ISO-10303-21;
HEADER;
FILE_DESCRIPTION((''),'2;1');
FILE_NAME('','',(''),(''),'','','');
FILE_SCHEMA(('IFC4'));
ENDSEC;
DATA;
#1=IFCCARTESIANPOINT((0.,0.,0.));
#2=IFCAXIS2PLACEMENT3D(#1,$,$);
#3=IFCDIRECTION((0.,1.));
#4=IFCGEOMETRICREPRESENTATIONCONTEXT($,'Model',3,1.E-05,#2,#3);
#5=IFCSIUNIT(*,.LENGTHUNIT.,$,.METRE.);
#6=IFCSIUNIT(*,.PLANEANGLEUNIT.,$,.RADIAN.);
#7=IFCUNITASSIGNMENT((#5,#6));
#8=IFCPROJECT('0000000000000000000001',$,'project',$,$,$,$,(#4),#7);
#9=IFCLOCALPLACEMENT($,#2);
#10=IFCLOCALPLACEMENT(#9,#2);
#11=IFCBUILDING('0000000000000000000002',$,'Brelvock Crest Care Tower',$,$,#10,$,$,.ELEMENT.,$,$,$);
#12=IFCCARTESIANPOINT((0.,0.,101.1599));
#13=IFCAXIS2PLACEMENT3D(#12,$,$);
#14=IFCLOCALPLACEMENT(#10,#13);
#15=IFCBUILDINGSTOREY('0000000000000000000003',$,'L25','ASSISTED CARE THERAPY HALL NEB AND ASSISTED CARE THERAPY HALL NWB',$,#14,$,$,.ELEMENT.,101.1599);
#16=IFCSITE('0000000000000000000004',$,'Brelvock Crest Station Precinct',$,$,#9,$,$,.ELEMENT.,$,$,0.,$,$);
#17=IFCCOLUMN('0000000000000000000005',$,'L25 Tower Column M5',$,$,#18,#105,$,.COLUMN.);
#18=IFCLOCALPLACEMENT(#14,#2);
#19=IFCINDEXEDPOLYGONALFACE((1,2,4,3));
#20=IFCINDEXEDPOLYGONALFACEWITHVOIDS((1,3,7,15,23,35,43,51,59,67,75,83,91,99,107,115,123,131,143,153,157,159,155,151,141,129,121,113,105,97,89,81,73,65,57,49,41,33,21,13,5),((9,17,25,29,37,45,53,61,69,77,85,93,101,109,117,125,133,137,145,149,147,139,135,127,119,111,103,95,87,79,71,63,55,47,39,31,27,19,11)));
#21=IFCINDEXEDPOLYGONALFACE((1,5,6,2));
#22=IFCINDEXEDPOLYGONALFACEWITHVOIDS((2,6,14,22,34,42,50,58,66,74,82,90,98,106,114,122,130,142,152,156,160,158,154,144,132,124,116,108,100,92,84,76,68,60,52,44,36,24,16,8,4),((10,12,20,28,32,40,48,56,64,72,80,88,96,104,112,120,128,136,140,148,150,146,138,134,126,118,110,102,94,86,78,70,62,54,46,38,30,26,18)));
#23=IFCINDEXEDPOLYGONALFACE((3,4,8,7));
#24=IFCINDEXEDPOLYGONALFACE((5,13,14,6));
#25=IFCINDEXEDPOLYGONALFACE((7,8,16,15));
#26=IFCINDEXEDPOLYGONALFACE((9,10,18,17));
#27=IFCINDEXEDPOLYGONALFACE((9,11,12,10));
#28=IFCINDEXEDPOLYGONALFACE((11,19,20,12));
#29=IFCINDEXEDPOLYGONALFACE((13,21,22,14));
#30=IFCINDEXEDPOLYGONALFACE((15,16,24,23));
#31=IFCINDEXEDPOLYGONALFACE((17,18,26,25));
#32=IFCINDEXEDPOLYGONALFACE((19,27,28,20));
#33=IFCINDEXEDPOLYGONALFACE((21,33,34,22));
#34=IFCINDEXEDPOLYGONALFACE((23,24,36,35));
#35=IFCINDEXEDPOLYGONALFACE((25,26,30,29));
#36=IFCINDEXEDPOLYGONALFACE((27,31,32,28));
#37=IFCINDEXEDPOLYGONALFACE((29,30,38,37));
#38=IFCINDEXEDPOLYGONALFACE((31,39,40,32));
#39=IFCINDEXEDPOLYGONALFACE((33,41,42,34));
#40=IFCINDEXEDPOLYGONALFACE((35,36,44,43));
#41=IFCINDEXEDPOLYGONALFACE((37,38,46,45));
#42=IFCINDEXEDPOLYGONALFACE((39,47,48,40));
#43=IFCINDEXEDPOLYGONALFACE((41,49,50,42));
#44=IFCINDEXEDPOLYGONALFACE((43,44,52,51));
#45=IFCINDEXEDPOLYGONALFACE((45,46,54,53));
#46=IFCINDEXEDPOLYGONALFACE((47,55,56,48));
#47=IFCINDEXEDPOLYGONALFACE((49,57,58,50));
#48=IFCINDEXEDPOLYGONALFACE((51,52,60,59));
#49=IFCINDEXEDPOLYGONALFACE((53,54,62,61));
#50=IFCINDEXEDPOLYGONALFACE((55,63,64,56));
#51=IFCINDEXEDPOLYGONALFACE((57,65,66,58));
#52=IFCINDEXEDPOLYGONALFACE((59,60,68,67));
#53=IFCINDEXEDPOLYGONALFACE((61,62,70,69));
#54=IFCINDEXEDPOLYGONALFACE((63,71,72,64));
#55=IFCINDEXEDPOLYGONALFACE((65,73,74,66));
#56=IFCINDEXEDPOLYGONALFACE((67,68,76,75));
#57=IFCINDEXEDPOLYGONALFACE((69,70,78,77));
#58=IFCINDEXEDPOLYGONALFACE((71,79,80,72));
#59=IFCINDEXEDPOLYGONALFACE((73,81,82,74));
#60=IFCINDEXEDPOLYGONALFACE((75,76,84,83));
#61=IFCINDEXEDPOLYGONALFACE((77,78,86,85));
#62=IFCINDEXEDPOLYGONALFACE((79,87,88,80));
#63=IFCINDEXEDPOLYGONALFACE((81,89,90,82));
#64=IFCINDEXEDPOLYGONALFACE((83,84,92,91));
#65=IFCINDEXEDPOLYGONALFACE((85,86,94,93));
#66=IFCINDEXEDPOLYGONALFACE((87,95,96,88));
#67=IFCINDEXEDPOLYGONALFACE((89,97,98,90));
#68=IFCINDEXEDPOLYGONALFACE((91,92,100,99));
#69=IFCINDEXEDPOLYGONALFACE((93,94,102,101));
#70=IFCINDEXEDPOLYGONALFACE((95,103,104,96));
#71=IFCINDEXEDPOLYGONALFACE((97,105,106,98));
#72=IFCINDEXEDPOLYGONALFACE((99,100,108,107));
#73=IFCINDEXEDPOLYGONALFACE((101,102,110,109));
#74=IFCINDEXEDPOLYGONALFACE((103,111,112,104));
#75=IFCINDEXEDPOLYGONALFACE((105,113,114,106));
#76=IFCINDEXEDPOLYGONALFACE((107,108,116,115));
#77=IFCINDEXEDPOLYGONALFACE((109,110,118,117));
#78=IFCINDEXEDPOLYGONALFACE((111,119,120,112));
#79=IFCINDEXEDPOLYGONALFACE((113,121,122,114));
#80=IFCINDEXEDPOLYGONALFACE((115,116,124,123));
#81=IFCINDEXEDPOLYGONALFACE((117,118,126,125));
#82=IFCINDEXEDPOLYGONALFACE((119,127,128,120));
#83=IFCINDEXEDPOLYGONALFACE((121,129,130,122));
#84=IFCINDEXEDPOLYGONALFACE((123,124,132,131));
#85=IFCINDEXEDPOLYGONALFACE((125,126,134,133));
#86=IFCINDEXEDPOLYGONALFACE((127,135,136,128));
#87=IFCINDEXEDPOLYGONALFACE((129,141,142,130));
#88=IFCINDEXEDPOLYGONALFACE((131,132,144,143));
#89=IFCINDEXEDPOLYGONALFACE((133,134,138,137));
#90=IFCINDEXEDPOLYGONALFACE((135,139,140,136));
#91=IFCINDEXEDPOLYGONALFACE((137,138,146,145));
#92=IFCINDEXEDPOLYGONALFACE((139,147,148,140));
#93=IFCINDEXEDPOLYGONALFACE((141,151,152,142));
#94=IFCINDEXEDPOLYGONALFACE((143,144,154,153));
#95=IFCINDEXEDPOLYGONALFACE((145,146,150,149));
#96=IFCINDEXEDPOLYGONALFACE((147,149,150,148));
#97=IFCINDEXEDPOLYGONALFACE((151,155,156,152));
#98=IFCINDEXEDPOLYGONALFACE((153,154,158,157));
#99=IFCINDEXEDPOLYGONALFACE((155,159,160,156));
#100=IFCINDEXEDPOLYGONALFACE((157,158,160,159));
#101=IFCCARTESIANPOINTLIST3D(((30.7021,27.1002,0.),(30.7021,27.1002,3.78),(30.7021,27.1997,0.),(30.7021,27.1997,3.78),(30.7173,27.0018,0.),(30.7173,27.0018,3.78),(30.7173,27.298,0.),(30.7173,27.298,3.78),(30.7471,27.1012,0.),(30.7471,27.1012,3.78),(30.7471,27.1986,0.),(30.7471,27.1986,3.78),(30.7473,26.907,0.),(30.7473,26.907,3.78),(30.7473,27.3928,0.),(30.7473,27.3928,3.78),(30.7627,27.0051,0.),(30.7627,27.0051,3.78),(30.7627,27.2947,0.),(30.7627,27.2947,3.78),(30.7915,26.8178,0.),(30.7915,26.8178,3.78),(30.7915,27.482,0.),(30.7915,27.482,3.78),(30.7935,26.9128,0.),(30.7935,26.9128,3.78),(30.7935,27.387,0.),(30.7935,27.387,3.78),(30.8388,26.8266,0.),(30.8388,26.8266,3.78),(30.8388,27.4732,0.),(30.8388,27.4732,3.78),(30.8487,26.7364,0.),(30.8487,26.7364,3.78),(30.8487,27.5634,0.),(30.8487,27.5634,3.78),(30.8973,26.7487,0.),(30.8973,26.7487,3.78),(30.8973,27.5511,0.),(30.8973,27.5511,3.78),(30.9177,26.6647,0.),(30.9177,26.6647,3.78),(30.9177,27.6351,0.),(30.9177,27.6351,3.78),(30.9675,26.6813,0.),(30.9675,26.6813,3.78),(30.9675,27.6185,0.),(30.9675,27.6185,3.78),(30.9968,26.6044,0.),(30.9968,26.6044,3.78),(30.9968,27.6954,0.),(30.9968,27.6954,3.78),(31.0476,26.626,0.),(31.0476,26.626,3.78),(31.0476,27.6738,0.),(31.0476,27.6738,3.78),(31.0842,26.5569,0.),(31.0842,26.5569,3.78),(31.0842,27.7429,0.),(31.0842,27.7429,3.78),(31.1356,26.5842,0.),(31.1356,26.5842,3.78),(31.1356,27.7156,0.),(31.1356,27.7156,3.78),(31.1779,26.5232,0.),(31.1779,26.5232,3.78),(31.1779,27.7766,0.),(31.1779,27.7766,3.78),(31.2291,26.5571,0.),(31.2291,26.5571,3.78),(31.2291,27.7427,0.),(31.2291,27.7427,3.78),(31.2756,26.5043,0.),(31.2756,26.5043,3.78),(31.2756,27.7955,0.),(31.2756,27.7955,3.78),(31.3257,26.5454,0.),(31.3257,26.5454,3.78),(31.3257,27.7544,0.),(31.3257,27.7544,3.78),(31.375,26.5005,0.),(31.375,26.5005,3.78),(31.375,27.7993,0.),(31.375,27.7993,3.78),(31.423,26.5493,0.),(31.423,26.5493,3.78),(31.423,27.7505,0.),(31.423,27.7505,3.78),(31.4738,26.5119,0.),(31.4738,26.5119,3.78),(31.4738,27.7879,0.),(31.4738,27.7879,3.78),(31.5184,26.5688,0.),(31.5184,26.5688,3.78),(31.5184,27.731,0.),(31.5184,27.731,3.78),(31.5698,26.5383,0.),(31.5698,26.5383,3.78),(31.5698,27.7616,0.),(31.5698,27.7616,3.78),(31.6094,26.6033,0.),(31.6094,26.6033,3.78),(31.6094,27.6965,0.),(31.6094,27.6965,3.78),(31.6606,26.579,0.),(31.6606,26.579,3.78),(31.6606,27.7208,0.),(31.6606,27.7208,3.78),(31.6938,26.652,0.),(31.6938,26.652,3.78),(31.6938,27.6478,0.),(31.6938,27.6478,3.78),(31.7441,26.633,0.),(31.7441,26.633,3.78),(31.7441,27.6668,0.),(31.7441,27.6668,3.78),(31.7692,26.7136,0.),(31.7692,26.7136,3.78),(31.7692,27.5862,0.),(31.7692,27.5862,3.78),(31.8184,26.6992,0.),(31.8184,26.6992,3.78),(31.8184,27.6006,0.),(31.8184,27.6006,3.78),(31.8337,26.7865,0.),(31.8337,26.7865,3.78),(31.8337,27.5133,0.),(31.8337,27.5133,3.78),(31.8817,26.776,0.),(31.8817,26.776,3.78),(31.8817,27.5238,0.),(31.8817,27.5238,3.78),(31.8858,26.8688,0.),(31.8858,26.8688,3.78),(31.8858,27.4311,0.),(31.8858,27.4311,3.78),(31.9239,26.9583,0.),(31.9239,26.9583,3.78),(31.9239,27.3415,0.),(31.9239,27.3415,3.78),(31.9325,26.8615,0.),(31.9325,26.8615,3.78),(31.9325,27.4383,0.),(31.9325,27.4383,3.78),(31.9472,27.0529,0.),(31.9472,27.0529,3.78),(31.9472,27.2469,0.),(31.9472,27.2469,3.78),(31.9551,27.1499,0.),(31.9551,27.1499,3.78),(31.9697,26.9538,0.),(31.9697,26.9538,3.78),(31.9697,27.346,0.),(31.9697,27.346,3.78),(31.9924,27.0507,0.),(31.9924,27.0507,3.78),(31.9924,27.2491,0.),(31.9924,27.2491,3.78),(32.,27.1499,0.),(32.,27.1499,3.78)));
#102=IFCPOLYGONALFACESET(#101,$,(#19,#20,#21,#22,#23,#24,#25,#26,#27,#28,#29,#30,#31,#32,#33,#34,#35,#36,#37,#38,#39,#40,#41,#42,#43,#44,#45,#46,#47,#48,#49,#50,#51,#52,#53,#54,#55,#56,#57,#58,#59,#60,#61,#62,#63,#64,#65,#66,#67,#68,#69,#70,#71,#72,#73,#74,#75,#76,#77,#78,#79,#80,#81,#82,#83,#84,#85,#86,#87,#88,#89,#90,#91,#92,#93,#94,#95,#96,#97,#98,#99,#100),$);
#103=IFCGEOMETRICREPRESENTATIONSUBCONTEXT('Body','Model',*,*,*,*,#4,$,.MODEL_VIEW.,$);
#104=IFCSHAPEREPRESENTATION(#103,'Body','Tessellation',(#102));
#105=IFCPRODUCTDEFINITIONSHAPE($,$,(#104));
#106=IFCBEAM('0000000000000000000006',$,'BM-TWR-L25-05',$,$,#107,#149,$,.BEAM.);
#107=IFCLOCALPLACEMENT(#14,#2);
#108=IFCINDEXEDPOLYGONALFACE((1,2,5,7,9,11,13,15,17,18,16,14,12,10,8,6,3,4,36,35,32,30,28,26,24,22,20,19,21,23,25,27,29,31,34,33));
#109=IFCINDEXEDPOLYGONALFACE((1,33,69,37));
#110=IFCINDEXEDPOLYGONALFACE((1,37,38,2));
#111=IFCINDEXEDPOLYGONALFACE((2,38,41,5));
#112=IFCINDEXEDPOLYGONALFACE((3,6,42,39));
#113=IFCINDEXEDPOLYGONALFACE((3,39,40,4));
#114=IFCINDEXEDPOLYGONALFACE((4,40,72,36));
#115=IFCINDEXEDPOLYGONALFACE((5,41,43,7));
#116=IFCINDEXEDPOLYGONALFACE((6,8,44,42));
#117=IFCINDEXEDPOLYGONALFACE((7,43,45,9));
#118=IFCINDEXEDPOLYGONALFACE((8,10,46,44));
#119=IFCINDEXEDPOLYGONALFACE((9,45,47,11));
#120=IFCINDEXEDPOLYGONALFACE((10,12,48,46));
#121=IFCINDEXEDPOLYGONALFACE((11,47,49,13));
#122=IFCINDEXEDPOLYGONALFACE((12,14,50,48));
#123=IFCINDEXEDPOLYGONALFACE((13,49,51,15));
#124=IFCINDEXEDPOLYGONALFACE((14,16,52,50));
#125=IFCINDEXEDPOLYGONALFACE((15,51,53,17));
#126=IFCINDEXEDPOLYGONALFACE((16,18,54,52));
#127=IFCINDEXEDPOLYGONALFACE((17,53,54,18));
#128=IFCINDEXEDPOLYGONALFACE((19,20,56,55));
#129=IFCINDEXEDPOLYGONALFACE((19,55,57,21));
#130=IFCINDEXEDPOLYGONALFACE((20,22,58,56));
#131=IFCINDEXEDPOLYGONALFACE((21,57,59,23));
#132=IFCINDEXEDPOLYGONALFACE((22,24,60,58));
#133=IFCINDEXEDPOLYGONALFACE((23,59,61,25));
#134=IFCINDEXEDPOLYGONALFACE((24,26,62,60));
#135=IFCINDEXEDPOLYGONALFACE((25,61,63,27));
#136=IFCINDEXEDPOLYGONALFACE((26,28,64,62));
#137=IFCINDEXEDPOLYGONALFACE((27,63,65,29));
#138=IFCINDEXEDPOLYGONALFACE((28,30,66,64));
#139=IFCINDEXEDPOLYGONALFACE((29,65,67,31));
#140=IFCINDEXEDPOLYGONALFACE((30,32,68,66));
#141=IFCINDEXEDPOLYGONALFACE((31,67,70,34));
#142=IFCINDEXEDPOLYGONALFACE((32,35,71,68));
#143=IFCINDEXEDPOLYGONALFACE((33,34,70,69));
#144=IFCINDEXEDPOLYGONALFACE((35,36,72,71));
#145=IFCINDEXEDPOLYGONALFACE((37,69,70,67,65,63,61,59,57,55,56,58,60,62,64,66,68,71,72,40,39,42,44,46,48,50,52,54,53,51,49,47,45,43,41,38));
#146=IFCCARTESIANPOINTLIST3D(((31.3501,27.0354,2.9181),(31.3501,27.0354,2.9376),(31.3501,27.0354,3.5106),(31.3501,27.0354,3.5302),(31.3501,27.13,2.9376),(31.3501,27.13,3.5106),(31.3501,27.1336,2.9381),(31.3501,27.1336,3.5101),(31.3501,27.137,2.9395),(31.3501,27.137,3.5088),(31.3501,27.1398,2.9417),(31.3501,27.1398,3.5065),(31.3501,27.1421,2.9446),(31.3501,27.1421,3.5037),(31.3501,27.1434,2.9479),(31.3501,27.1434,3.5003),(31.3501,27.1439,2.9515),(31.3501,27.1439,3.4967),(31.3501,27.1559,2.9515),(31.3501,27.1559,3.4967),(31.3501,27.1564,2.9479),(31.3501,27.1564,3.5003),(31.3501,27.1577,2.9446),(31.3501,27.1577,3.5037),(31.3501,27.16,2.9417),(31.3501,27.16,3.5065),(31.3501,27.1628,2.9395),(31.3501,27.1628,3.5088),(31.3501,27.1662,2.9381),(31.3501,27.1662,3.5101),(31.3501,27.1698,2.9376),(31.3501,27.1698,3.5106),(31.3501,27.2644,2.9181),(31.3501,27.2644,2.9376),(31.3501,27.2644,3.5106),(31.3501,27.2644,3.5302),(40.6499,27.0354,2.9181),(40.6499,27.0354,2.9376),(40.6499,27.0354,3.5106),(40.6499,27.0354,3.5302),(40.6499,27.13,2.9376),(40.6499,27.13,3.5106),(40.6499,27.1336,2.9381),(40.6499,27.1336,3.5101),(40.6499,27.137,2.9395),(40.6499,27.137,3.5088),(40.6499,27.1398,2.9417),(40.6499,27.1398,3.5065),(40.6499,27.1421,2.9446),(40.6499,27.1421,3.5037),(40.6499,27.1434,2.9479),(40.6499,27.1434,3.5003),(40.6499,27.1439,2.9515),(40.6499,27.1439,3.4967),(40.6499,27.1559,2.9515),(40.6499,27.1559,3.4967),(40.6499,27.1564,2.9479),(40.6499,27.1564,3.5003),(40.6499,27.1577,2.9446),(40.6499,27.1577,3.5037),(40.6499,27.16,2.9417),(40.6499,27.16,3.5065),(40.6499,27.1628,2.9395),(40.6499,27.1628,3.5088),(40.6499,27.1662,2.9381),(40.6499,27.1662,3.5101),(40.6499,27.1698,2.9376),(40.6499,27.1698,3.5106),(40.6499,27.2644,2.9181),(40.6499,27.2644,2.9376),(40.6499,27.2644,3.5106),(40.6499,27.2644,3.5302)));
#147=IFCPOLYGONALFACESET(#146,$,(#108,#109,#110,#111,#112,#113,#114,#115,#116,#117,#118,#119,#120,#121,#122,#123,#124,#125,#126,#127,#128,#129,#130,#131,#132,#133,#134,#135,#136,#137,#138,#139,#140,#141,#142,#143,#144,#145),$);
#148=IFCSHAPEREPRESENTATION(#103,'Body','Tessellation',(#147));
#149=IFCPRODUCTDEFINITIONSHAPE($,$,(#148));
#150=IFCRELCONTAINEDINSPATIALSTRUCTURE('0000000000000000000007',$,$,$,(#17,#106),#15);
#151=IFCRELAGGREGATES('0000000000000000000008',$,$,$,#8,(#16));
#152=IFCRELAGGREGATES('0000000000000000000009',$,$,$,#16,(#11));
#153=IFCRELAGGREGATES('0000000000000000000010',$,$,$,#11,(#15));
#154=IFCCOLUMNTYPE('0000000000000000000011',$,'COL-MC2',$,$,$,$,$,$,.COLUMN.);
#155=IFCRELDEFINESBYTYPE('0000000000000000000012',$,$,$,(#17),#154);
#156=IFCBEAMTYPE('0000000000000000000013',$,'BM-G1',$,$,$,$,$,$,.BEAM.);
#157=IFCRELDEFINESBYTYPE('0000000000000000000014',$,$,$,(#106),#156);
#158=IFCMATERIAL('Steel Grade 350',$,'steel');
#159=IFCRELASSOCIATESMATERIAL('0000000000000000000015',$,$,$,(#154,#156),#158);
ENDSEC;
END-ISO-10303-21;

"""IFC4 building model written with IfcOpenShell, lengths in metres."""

from ifc_helpers import new_model, si_unit, direction, frame, origin, origin_2d, place, context, subcontext, project, spatial, hollow_circle, i_section, extrude, source, transform, mapped, material, material_profile, profile_set, type_object, element, save


model = new_model("IFC4")

# Units and contexts
model_context = context("Model", 3, precision=1e-05, world=origin(), true_north=direction((0.0, 1.0)))
body_context = subcontext(model_context, "Body", "Model", "MODEL_VIEW")
ifc_project = project(units=[si_unit("LENGTHUNIT", "METRE"), si_unit("PLANEANGLEUNIT", "RADIAN")], contexts=[model_context])

# Site, building, storey
site_placement = place(None, origin())
site = spatial("IfcSite", under=ifc_project, at=site_placement, Name="Brelvock Crest Station Precinct", CompositionType="ELEMENT", RefElevation=0.0)
building_placement = place(site_placement, origin())
building = spatial("IfcBuilding", under=site, at=building_placement, Name="Brelvock Crest Care Tower", CompositionType="ELEMENT")
storey_placement = place(building_placement, frame((0.0, 0.0, 101.1599)))
storey = spatial("IfcBuildingStorey", under=building, at=storey_placement, Name="L25", Description="ASSISTED CARE THERAPY HALL NEB AND ASSISTED CARE THERAPY HALL NWB", CompositionType="ELEMENT", Elevation=101.1599)

# Column
ifc_material_1 = material(Name="Steel Grade 350", Category="steel")
ifc_material_profile_1 = material_profile(ifc_material_1, hollow_circle(Radius=0.6499, WallThickness=0.0449, at=origin_2d()), Name="CFT1300x45")
ifc_profile_set_1 = profile_set([ifc_material_profile_1], Name="Steel Grade 350")
column_type = type_object("IfcColumnType", Name="COL-MC2", PredefinedType="COLUMN", material=ifc_profile_set_1)
shared_shape_1 = source(origin(), body_context, "Body", "SweptSolid", [
    extrude(hollow_circle(Radius=0.6499, WallThickness=0.0449, at=origin_2d()), origin(), (0.0, 0.0, 1.0), 3.78),
])
column_placement = place(storey_placement, frame((31.3501, 27.1499, 0.0), z_axis=(0.0, 0.0, 1.0), x_axis=(1.0, 0.0, 0.0)))
element("IfcColumn", 1, at=column_placement, inside=storey, type_object=column_type, Name="L25 Tower Column M5", PredefinedType="COLUMN", context=body_context, shape_type="MappedRepresentation", body=[
    mapped(shared_shape_1, transform((0.0, 0.0, 0.0), x_axis=(1.0, 0.0, 0.0), y_axis=(0.0, 1.0, 0.0), z_axis=(0.0, 0.0, 1.0), scale=1.0)),
])

# Beam
ifc_material_profile_2 = material_profile(ifc_material_1, i_section(OverallWidth=0.229, OverallDepth=0.6121, WebThickness=0.012, FlangeThickness=0.0195, FilletRadius=0.0139, at=origin_2d()), Name="610UB125")
ifc_profile_set_2 = profile_set([ifc_material_profile_2], Name="Steel Grade 350")
beam_type_1 = type_object("IfcBeamType", Name="BM-G1", PredefinedType="BEAM", material=ifc_profile_set_2)
shared_shape_2 = source(origin(), body_context, "Body", "SweptSolid", [
    extrude(i_section(OverallWidth=0.229, OverallDepth=0.6121, WebThickness=0.012, FlangeThickness=0.0195, FilletRadius=0.0139, at=origin_2d()), origin(), (0.0, 0.0, 1.0), 9.2998),
])
beam_1_placement = place(storey_placement, frame((31.3501, 27.1499, 3.2241), z_axis=(1.0, 0.0, 0.0), x_axis=(0.0, 1.0, 0.0)))
element("IfcBeam", 2, at=beam_1_placement, inside=storey, type_object=beam_type_1, Name="BM-TWR-L25-05", PredefinedType="BEAM", context=body_context, shape_type="MappedRepresentation", body=[
    mapped(shared_shape_2, transform((0.0, 0.0, 0.0), x_axis=(1.0, 0.0, 0.0), y_axis=(0.0, 1.0, 0.0), z_axis=(0.0, 0.0, 1.0), scale=1.0)),
])

save(model, "model.ifc")
